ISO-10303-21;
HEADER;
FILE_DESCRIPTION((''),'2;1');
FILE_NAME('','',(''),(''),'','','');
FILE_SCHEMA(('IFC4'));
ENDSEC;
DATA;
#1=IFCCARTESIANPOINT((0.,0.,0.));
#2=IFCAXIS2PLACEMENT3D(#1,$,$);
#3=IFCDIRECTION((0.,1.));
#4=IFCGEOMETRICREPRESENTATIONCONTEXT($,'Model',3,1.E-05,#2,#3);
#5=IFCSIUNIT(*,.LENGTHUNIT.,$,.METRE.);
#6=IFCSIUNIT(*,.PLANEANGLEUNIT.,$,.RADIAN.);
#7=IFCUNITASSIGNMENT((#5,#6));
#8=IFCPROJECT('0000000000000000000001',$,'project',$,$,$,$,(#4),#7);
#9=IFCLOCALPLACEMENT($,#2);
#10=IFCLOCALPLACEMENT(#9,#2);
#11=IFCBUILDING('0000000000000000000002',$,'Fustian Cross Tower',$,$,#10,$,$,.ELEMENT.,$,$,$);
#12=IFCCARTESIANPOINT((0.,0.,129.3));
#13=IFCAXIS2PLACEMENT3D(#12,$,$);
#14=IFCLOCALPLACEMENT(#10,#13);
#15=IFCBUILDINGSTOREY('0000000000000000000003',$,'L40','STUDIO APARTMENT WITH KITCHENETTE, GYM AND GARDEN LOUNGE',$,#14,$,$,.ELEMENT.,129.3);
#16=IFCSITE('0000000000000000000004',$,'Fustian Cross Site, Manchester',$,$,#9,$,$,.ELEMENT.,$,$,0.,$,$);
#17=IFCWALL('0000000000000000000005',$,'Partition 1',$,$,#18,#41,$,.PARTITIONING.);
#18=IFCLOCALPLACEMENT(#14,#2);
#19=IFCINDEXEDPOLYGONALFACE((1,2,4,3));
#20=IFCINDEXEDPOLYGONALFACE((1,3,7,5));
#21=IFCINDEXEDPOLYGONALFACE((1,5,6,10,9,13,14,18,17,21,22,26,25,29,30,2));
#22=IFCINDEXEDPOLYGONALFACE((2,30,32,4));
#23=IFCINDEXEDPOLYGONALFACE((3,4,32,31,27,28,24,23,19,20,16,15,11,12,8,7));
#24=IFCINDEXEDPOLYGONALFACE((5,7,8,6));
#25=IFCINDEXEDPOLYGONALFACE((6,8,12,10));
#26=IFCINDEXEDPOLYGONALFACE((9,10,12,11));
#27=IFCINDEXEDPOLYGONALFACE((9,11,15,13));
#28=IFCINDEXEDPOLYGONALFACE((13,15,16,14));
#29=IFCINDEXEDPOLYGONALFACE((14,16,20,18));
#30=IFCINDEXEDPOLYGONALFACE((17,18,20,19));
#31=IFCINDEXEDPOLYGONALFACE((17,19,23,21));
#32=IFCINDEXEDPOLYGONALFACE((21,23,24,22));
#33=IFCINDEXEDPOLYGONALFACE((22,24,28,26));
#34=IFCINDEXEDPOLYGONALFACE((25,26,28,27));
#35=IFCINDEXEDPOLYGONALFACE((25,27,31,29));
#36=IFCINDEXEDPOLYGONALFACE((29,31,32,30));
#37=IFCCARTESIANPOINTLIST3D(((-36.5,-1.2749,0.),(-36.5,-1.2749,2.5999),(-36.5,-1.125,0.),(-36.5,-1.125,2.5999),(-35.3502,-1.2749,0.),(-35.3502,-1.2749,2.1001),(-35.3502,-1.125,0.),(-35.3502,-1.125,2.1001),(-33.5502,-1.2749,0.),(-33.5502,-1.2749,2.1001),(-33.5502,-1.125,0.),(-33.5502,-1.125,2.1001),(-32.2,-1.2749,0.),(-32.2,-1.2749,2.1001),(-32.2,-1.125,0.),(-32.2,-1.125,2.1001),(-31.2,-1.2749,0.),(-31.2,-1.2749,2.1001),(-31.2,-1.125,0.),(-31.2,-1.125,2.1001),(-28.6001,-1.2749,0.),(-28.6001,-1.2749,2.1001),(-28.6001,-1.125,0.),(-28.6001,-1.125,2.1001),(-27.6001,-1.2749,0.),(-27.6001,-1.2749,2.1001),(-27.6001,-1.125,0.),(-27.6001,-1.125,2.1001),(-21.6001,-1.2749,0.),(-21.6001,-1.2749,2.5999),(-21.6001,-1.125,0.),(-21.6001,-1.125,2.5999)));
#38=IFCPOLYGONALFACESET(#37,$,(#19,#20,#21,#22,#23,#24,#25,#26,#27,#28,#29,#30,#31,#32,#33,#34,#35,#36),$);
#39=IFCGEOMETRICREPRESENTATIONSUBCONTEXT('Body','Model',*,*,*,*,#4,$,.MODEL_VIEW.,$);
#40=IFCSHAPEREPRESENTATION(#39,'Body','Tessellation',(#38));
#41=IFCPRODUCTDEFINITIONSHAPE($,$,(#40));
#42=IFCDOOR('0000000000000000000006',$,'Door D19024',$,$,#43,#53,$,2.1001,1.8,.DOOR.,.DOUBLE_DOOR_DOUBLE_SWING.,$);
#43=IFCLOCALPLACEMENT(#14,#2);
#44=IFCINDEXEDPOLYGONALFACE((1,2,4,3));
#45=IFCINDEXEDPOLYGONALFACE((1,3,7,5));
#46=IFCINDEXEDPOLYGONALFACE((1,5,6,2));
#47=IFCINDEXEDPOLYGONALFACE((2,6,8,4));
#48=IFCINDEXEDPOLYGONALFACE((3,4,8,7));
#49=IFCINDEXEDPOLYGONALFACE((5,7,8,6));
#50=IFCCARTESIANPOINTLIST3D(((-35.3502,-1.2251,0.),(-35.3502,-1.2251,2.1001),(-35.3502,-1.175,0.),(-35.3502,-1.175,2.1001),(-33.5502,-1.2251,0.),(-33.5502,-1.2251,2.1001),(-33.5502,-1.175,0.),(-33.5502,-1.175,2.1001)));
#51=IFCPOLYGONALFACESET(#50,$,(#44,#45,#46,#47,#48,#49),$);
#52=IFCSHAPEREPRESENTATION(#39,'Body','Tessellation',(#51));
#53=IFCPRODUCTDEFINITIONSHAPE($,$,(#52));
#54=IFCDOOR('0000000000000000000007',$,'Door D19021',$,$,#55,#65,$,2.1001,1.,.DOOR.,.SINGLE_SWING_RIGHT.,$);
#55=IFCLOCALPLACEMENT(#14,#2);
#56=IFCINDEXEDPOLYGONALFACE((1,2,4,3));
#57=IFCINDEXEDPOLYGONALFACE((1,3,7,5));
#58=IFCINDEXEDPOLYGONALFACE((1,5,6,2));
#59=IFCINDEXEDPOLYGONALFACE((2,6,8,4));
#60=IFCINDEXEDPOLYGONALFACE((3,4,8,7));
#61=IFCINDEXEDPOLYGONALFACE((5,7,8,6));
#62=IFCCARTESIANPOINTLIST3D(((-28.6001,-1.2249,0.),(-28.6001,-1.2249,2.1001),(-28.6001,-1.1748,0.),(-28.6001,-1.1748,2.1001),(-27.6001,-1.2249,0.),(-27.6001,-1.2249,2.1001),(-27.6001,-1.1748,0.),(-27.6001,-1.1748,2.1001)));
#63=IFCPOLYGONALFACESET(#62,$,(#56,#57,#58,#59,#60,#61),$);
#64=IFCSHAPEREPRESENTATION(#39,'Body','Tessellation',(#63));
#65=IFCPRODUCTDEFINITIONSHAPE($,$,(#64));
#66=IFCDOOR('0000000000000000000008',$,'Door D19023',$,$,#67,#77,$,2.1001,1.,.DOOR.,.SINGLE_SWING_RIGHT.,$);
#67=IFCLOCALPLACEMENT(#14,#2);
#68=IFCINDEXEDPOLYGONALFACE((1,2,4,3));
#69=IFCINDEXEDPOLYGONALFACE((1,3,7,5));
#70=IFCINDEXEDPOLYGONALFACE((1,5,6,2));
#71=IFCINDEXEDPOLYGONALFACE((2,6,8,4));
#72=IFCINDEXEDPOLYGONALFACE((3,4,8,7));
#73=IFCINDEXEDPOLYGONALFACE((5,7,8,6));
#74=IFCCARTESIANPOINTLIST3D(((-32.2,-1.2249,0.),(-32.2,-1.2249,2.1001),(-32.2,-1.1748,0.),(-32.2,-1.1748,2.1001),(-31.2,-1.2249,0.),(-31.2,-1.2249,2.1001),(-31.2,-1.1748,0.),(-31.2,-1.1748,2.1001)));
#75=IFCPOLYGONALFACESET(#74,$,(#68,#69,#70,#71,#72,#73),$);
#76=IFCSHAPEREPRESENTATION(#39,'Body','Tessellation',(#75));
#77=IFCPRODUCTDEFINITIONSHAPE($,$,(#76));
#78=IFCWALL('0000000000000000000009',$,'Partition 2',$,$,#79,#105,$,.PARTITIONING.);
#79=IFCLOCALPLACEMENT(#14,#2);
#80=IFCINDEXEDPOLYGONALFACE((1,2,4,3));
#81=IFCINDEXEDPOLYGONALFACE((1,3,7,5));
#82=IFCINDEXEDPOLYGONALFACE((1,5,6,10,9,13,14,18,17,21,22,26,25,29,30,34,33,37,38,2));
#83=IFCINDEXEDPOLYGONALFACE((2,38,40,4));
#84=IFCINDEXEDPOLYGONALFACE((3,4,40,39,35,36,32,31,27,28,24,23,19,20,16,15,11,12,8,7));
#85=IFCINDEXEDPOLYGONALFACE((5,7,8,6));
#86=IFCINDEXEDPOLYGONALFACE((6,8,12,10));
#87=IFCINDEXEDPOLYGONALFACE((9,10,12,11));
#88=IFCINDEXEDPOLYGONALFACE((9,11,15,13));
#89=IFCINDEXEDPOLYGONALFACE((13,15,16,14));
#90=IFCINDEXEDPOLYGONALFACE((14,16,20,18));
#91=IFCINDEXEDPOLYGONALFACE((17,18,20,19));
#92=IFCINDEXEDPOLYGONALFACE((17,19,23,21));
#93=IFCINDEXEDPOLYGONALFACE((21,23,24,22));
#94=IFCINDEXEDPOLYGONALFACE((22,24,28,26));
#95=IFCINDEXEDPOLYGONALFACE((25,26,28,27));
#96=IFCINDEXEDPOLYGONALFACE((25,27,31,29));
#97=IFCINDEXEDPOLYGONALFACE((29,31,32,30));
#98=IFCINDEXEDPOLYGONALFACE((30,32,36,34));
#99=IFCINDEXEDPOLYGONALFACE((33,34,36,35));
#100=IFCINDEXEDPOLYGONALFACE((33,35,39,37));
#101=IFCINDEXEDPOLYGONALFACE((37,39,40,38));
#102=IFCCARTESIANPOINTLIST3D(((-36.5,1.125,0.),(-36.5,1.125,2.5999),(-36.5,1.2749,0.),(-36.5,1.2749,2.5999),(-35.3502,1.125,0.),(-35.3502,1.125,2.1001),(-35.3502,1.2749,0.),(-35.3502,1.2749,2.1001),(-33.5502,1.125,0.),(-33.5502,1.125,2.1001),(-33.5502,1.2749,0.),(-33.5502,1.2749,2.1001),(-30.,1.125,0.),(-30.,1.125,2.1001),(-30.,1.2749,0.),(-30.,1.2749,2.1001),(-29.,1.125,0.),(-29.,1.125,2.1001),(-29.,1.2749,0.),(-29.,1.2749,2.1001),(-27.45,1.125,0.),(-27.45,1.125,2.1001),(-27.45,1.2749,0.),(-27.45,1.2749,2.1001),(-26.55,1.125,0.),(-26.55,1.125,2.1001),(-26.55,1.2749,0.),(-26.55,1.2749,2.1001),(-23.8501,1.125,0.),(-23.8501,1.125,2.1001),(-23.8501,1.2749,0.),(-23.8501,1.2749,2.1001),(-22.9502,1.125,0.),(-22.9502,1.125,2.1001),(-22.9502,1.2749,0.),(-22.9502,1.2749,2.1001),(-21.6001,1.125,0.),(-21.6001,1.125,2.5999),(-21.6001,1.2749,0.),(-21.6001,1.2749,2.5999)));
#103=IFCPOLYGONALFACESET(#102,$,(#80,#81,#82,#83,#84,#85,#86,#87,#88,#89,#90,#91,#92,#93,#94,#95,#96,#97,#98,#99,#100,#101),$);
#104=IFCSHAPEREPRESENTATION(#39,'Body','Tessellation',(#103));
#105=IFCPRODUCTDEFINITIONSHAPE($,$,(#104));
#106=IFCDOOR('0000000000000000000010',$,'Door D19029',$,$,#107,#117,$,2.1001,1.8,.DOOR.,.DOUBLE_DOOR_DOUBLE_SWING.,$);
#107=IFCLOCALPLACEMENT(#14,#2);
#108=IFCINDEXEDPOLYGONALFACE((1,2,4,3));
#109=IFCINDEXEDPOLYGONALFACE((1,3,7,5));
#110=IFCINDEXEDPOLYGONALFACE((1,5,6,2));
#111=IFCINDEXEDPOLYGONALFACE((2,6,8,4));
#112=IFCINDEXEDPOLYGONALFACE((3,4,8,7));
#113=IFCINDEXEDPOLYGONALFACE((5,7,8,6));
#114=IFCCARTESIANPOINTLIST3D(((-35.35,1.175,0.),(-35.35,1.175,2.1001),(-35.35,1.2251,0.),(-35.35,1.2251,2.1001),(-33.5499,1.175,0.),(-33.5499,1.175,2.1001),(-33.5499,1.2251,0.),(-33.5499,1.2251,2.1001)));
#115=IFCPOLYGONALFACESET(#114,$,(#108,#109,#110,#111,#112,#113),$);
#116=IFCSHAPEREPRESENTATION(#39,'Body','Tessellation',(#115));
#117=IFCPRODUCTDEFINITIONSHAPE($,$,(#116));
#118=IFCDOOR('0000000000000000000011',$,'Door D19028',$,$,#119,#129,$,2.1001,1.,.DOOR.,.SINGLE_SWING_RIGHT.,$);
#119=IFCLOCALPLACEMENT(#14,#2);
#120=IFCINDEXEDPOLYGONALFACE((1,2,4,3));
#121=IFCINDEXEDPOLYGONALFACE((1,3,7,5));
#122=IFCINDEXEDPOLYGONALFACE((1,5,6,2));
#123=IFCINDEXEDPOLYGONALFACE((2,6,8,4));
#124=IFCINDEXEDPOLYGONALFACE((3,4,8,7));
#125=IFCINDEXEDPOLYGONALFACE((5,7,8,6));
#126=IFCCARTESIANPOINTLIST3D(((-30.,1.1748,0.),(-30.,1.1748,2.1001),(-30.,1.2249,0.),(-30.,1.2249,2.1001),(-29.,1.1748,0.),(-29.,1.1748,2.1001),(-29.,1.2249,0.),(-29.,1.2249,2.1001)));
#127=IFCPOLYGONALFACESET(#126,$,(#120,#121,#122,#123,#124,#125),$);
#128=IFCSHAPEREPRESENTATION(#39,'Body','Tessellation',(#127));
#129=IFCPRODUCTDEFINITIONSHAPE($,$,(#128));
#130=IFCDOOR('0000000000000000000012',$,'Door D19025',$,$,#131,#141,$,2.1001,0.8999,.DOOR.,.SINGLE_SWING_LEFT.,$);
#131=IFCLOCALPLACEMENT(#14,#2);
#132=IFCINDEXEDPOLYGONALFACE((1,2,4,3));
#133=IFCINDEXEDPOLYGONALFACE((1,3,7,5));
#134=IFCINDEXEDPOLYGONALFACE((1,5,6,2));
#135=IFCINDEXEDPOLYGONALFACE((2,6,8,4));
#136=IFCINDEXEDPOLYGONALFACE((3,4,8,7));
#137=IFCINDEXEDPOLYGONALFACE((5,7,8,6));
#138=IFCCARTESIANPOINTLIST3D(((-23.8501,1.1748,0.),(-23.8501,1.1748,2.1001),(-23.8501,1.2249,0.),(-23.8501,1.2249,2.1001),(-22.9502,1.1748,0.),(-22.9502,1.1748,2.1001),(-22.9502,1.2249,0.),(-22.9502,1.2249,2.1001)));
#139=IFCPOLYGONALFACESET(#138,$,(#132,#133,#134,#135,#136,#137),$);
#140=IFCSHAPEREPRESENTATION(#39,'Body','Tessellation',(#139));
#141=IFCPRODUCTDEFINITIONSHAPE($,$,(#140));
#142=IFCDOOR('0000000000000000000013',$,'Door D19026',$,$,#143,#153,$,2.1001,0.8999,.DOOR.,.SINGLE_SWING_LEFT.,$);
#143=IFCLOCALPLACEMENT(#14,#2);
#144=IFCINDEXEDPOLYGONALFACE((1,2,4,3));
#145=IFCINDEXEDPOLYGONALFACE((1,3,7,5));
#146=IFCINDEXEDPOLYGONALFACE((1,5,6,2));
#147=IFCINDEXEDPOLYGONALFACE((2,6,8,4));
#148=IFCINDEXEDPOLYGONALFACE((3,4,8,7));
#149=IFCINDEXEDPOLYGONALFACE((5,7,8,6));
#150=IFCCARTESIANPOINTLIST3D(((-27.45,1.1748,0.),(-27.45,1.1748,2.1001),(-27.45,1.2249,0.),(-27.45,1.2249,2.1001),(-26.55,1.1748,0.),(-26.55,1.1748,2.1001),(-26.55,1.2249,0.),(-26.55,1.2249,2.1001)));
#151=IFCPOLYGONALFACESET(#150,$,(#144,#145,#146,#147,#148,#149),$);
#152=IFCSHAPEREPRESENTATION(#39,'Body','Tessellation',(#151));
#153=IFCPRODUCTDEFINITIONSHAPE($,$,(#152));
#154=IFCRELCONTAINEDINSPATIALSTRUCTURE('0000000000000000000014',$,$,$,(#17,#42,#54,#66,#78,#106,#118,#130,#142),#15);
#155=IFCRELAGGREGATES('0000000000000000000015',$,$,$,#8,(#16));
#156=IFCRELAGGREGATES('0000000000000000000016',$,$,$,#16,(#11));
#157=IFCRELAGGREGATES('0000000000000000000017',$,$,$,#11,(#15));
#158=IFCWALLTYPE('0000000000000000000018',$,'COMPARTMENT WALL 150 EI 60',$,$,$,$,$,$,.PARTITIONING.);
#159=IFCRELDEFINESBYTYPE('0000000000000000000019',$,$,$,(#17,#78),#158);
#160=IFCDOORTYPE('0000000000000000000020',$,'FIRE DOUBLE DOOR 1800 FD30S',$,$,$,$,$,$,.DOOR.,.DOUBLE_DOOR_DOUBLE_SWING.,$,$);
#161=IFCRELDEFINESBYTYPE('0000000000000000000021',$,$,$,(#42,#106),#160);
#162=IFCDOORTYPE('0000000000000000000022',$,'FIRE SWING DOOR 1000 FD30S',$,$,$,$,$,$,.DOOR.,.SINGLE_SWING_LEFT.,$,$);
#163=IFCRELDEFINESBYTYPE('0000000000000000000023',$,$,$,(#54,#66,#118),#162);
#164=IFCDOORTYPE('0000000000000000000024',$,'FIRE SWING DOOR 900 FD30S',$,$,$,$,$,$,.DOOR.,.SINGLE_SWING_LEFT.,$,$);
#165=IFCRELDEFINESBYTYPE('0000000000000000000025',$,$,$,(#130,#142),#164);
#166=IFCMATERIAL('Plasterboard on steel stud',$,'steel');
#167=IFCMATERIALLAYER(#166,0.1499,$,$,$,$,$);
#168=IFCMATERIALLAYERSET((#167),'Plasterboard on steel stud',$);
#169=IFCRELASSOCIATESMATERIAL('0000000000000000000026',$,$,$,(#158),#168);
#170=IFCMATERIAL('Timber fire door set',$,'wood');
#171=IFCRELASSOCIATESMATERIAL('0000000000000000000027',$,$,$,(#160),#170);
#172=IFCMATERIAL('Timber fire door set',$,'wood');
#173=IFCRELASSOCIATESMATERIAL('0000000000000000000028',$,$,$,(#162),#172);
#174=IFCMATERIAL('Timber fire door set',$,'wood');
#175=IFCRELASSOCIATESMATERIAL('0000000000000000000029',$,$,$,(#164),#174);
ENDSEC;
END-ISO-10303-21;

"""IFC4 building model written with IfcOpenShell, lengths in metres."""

from ifc_helpers import new_model, si_unit, direction, frame, frame_2d, origin, place, context, subcontext, project, spatial, rectangle, extrude, material, layer, layer_set, type_object, element, fill, save


model = new_model("IFC4")

# Units and contexts
model_context = context("Model", 3, precision=1e-05, world=origin(), true_north=direction((0.0, 1.0)))
body_context = subcontext(model_context, "Body", "Model", "MODEL_VIEW")
ifc_project = project(units=[si_unit("LENGTHUNIT", "METRE"), si_unit("PLANEANGLEUNIT", "RADIAN")], contexts=[model_context])

# Site, building, storey
site_placement = place(None, origin())
site = spatial("IfcSite", under=ifc_project, at=site_placement, Name="Fustian Cross Site, Manchester", CompositionType="ELEMENT", RefElevation=0.0)
building_placement = place(site_placement, origin())
building = spatial("IfcBuilding", under=site, at=building_placement, Name="Fustian Cross Tower", CompositionType="ELEMENT")
storey_placement = place(building_placement, frame((0.0, 0.0, 129.3)))
storey = spatial("IfcBuildingStorey", under=building, at=storey_placement, Name="L40", Description="STUDIO APARTMENT WITH KITCHENETTE, GYM AND GARDEN LOUNGE", CompositionType="ELEMENT", Elevation=129.3)

# Walls, openings, doors
ifc_material_1 = material(Name="Plasterboard on steel stud", Category="steel")
ifc_layer_1 = layer(ifc_material_1, 0.1499)
ifc_layer_set_1 = layer_set([ifc_layer_1], Name="Plasterboard on steel stud")
wall_type_1 = type_object("IfcWallType", Name="COMPARTMENT WALL 150 EI 60", PredefinedType="PARTITIONING", material=ifc_layer_set_1)
wall_1_placement = place(storey_placement, frame((-36.5, -1.2, 0.0), z_axis=(0.0, 0.0, 1.0), x_axis=(1.0, 0.0, 0.0)))
wall_1 = element("IfcWall", 1, at=wall_1_placement, inside=storey, type_object=wall_type_1, Name="Partition 1", PredefinedType="PARTITIONING", context=body_context, shape_type="SweptSolid", body=[
    extrude(rectangle(XDim=14.8999, YDim=0.1499, at=frame_2d((7.45, 0.0))), origin(), (0.0, 0.0, 1.0), 2.5999),
])
opening_1_placement = place(wall_1_placement, frame((7.8999, 0.0, 0.0)))
opening_1 = element("IfcOpeningElement", 2, at=opening_1_placement, cuts=wall_1, PredefinedType="OPENING", context=body_context, shape_type="SweptSolid", body=[
    extrude(rectangle(XDim=1.0, YDim=2.1001, at=frame_2d((0.5, 1.05))), frame((0.0, 0.085, 0.0), z_axis=(0.0, -1.0, 0.0), x_axis=(1.0, 0.0, 0.0)), (0.0, 0.0, 1.0), 0.1699),
])
opening_2_placement = place(wall_1_placement, frame((4.3, 0.0, 0.0)))
opening_2 = element("IfcOpeningElement", 3, at=opening_2_placement, cuts=wall_1, PredefinedType="OPENING", context=body_context, shape_type="SweptSolid", body=[
    extrude(rectangle(XDim=1.0, YDim=2.1001, at=frame_2d((0.5, 1.05))), frame((0.0, 0.085, 0.0), z_axis=(0.0, -1.0, 0.0), x_axis=(1.0, 0.0, 0.0)), (0.0, 0.0, 1.0), 0.1699),
])
opening_3_placement = place(wall_1_placement, frame((1.1499, 0.0, 0.0)))
opening_3 = element("IfcOpeningElement", 4, at=opening_3_placement, cuts=wall_1, PredefinedType="OPENING", context=body_context, shape_type="SweptSolid", body=[
    extrude(rectangle(XDim=1.8, YDim=2.1001, at=frame_2d((0.8999, 1.05))), frame((0.0, 0.085, 0.0), z_axis=(0.0, -1.0, 0.0), x_axis=(1.0, 0.0, 0.0)), (0.0, 0.0, 1.0), 0.1699),
])
ifc_material_2 = material(Name="Timber fire door set", Category="wood")
door_type_1 = type_object("IfcDoorType", Name="FIRE DOUBLE DOOR 1800 FD30S", OperationType="DOUBLE_DOOR_DOUBLE_SWING", PredefinedType="DOOR", material=ifc_material_2)
door_1_placement = place(opening_3_placement, origin())
door_1 = element("IfcDoor", 5, at=door_1_placement, inside=storey, type_object=door_type_1, Name="Door D19024", OperationType="DOUBLE_DOOR_DOUBLE_SWING", OverallHeight=2.1001, OverallWidth=1.8, PredefinedType="DOOR", context=body_context, shape_type="SweptSolid", body=[
    extrude(rectangle(XDim=1.8, YDim=2.1001, at=frame_2d((0.8999, 1.05))), frame((0.0, 0.0249, 0.0), z_axis=(0.0, -1.0, 0.0), x_axis=(1.0, 0.0, 0.0)), (0.0, 0.0, 1.0), 0.05),
])
fill(opening_3, door_1)
ifc_material_3 = material(Name="Timber fire door set", Category="wood")
door_type_2 = type_object("IfcDoorType", Name="FIRE SWING DOOR 1000 FD30S", OperationType="SINGLE_SWING_LEFT", PredefinedType="DOOR", material=ifc_material_3)
door_2_placement = place(opening_1_placement, frame((1.0, 0.0, 0.0), z_axis=(0.0, 0.0, 1.0), x_axis=(-1.0, 0.0, 0.0)))
door_2 = element("IfcDoor", 6, at=door_2_placement, inside=storey, type_object=door_type_2, Name="Door D19021", OperationType="SINGLE_SWING_RIGHT", OverallHeight=2.1001, OverallWidth=1.0, PredefinedType="DOOR", context=body_context, shape_type="SweptSolid", body=[
    extrude(rectangle(XDim=1.0, YDim=2.1001, at=frame_2d((0.5, 1.05))), frame((0.0, 0.0249, 0.0), z_axis=(0.0, -1.0, 0.0), x_axis=(1.0, 0.0, 0.0)), (0.0, 0.0, 1.0), 0.05),
])
fill(opening_1, door_2)
door_3_placement = place(opening_2_placement, frame((1.0, 0.0, 0.0), z_axis=(0.0, 0.0, 1.0), x_axis=(-1.0, 0.0, 0.0)))
door_3 = element("IfcDoor", 7, at=door_3_placement, inside=storey, type_object=door_type_2, Name="Door D19023", OperationType="SINGLE_SWING_RIGHT", OverallHeight=2.1001, OverallWidth=1.0, PredefinedType="DOOR", context=body_context, shape_type="SweptSolid", body=[
    extrude(rectangle(XDim=1.0, YDim=2.1001, at=frame_2d((0.5, 1.05))), frame((0.0, 0.0249, 0.0), z_axis=(0.0, -1.0, 0.0), x_axis=(1.0, 0.0, 0.0)), (0.0, 0.0, 1.0), 0.05),
])
fill(opening_2, door_3)
wall_2_placement = place(storey_placement, frame((-36.5, 1.2, 0.0), z_axis=(0.0, 0.0, 1.0), x_axis=(1.0, 0.0, 0.0)))
wall_2 = element("IfcWall", 8, at=wall_2_placement, inside=storey, type_object=wall_type_1, Name="Partition 2", PredefinedType="PARTITIONING", context=body_context, shape_type="SweptSolid", body=[
    extrude(rectangle(XDim=14.8999, YDim=0.1499, at=frame_2d((7.45, 0.0))), origin(), (0.0, 0.0, 1.0), 2.5999),
])
opening_4_placement = place(wall_2_placement, frame((12.6499, 0.0, 0.0)))
opening_4 = element("IfcOpeningElement", 9, at=opening_4_placement, cuts=wall_2, PredefinedType="OPENING", context=body_context, shape_type="SweptSolid", body=[
    extrude(rectangle(XDim=0.8999, YDim=2.1001, at=frame_2d((0.45, 1.05))), frame((0.0, 0.085, 0.0), z_axis=(0.0, -1.0, 0.0), x_axis=(1.0, 0.0, 0.0)), (0.0, 0.0, 1.0), 0.1699),
])
opening_5_placement = place(wall_2_placement, frame((9.05, 0.0, 0.0)))
opening_5 = element("IfcOpeningElement", 10, at=opening_5_placement, cuts=wall_2, PredefinedType="OPENING", context=body_context, shape_type="SweptSolid", body=[
    extrude(rectangle(XDim=0.8999, YDim=2.1001, at=frame_2d((0.45, 1.05))), frame((0.0, 0.085, 0.0), z_axis=(0.0, -1.0, 0.0), x_axis=(1.0, 0.0, 0.0)), (0.0, 0.0, 1.0), 0.1699),
])
opening_6_placement = place(wall_2_placement, frame((6.5, 0.0, 0.0)))
opening_6 = element("IfcOpeningElement", 11, at=opening_6_placement, cuts=wall_2, PredefinedType="OPENING", context=body_context, shape_type="SweptSolid", body=[
    extrude(rectangle(XDim=1.0, YDim=2.1001, at=frame_2d((0.5, 1.05))), frame((0.0, 0.085, 0.0), z_axis=(0.0, -1.0, 0.0), x_axis=(1.0, 0.0, 0.0)), (0.0, 0.0, 1.0), 0.1699),
])
opening_7_placement = place(wall_2_placement, frame((1.1499, 0.0, 0.0)))
opening_7 = element("IfcOpeningElement", 12, at=opening_7_placement, cuts=wall_2, PredefinedType="OPENING", context=body_context, shape_type="SweptSolid", body=[
    extrude(rectangle(XDim=1.8, YDim=2.1001, at=frame_2d((0.8999, 1.05))), frame((0.0, 0.085, 0.0), z_axis=(0.0, -1.0, 0.0), x_axis=(1.0, 0.0, 0.0)), (0.0, 0.0, 1.0), 0.1699),
])
door_4_placement = place(opening_7_placement, frame((1.8, 0.0, 0.0), z_axis=(0.0, 0.0, 1.0), x_axis=(-1.0, 0.0, 0.0)))
door_4 = element("IfcDoor", 13, at=door_4_placement, inside=storey, type_object=door_type_1, Name="Door D19029", OperationType="DOUBLE_DOOR_DOUBLE_SWING", OverallHeight=2.1001, OverallWidth=1.8, PredefinedType="DOOR", context=body_context, shape_type="SweptSolid", body=[
    extrude(rectangle(XDim=1.8, YDim=2.1001, at=frame_2d((0.8999, 1.05))), frame((0.0, 0.0249, 0.0), z_axis=(0.0, -1.0, 0.0), x_axis=(1.0, 0.0, 0.0)), (0.0, 0.0, 1.0), 0.05),
])
fill(opening_7, door_4)
door_5_placement = place(opening_6_placement, origin())
door_5 = element("IfcDoor", 14, at=door_5_placement, inside=storey, type_object=door_type_2, Name="Door D19028", OperationType="SINGLE_SWING_RIGHT", OverallHeight=2.1001, OverallWidth=1.0, PredefinedType="DOOR", context=body_context, shape_type="SweptSolid", body=[
    extrude(rectangle(XDim=1.0, YDim=2.1001, at=frame_2d((0.5, 1.05))), frame((0.0, 0.0249, 0.0), z_axis=(0.0, -1.0, 0.0), x_axis=(1.0, 0.0, 0.0)), (0.0, 0.0, 1.0), 0.05),
])
fill(opening_6, door_5)
ifc_material_4 = material(Name="Timber fire door set", Category="wood")
door_type_3 = type_object("IfcDoorType", Name="FIRE SWING DOOR 900 FD30S", OperationType="SINGLE_SWING_LEFT", PredefinedType="DOOR", material=ifc_material_4)
door_6_placement = place(opening_4_placement, origin())
door_6 = element("IfcDoor", 15, at=door_6_placement, inside=storey, type_object=door_type_3, Name="Door D19025", OperationType="SINGLE_SWING_LEFT", OverallHeight=2.1001, OverallWidth=0.8999, PredefinedType="DOOR", context=body_context, shape_type="SweptSolid", body=[
    extrude(rectangle(XDim=0.8999, YDim=2.1001, at=frame_2d((0.45, 1.05))), frame((0.0, 0.0249, 0.0), z_axis=(0.0, -1.0, 0.0), x_axis=(1.0, 0.0, 0.0)), (0.0, 0.0, 1.0), 0.05),
])
fill(opening_4, door_6)
door_7_placement = place(opening_5_placement, origin())
door_7 = element("IfcDoor", 16, at=door_7_placement, inside=storey, type_object=door_type_3, Name="Door D19026", OperationType="SINGLE_SWING_LEFT", OverallHeight=2.1001, OverallWidth=0.8999, PredefinedType="DOOR", context=body_context, shape_type="SweptSolid", body=[
    extrude(rectangle(XDim=0.8999, YDim=2.1001, at=frame_2d((0.45, 1.05))), frame((0.0, 0.0249, 0.0), z_axis=(0.0, -1.0, 0.0), x_axis=(1.0, 0.0, 0.0)), (0.0, 0.0, 1.0), 0.05),
])
fill(opening_5, door_7)

save(model, "model.ifc")
